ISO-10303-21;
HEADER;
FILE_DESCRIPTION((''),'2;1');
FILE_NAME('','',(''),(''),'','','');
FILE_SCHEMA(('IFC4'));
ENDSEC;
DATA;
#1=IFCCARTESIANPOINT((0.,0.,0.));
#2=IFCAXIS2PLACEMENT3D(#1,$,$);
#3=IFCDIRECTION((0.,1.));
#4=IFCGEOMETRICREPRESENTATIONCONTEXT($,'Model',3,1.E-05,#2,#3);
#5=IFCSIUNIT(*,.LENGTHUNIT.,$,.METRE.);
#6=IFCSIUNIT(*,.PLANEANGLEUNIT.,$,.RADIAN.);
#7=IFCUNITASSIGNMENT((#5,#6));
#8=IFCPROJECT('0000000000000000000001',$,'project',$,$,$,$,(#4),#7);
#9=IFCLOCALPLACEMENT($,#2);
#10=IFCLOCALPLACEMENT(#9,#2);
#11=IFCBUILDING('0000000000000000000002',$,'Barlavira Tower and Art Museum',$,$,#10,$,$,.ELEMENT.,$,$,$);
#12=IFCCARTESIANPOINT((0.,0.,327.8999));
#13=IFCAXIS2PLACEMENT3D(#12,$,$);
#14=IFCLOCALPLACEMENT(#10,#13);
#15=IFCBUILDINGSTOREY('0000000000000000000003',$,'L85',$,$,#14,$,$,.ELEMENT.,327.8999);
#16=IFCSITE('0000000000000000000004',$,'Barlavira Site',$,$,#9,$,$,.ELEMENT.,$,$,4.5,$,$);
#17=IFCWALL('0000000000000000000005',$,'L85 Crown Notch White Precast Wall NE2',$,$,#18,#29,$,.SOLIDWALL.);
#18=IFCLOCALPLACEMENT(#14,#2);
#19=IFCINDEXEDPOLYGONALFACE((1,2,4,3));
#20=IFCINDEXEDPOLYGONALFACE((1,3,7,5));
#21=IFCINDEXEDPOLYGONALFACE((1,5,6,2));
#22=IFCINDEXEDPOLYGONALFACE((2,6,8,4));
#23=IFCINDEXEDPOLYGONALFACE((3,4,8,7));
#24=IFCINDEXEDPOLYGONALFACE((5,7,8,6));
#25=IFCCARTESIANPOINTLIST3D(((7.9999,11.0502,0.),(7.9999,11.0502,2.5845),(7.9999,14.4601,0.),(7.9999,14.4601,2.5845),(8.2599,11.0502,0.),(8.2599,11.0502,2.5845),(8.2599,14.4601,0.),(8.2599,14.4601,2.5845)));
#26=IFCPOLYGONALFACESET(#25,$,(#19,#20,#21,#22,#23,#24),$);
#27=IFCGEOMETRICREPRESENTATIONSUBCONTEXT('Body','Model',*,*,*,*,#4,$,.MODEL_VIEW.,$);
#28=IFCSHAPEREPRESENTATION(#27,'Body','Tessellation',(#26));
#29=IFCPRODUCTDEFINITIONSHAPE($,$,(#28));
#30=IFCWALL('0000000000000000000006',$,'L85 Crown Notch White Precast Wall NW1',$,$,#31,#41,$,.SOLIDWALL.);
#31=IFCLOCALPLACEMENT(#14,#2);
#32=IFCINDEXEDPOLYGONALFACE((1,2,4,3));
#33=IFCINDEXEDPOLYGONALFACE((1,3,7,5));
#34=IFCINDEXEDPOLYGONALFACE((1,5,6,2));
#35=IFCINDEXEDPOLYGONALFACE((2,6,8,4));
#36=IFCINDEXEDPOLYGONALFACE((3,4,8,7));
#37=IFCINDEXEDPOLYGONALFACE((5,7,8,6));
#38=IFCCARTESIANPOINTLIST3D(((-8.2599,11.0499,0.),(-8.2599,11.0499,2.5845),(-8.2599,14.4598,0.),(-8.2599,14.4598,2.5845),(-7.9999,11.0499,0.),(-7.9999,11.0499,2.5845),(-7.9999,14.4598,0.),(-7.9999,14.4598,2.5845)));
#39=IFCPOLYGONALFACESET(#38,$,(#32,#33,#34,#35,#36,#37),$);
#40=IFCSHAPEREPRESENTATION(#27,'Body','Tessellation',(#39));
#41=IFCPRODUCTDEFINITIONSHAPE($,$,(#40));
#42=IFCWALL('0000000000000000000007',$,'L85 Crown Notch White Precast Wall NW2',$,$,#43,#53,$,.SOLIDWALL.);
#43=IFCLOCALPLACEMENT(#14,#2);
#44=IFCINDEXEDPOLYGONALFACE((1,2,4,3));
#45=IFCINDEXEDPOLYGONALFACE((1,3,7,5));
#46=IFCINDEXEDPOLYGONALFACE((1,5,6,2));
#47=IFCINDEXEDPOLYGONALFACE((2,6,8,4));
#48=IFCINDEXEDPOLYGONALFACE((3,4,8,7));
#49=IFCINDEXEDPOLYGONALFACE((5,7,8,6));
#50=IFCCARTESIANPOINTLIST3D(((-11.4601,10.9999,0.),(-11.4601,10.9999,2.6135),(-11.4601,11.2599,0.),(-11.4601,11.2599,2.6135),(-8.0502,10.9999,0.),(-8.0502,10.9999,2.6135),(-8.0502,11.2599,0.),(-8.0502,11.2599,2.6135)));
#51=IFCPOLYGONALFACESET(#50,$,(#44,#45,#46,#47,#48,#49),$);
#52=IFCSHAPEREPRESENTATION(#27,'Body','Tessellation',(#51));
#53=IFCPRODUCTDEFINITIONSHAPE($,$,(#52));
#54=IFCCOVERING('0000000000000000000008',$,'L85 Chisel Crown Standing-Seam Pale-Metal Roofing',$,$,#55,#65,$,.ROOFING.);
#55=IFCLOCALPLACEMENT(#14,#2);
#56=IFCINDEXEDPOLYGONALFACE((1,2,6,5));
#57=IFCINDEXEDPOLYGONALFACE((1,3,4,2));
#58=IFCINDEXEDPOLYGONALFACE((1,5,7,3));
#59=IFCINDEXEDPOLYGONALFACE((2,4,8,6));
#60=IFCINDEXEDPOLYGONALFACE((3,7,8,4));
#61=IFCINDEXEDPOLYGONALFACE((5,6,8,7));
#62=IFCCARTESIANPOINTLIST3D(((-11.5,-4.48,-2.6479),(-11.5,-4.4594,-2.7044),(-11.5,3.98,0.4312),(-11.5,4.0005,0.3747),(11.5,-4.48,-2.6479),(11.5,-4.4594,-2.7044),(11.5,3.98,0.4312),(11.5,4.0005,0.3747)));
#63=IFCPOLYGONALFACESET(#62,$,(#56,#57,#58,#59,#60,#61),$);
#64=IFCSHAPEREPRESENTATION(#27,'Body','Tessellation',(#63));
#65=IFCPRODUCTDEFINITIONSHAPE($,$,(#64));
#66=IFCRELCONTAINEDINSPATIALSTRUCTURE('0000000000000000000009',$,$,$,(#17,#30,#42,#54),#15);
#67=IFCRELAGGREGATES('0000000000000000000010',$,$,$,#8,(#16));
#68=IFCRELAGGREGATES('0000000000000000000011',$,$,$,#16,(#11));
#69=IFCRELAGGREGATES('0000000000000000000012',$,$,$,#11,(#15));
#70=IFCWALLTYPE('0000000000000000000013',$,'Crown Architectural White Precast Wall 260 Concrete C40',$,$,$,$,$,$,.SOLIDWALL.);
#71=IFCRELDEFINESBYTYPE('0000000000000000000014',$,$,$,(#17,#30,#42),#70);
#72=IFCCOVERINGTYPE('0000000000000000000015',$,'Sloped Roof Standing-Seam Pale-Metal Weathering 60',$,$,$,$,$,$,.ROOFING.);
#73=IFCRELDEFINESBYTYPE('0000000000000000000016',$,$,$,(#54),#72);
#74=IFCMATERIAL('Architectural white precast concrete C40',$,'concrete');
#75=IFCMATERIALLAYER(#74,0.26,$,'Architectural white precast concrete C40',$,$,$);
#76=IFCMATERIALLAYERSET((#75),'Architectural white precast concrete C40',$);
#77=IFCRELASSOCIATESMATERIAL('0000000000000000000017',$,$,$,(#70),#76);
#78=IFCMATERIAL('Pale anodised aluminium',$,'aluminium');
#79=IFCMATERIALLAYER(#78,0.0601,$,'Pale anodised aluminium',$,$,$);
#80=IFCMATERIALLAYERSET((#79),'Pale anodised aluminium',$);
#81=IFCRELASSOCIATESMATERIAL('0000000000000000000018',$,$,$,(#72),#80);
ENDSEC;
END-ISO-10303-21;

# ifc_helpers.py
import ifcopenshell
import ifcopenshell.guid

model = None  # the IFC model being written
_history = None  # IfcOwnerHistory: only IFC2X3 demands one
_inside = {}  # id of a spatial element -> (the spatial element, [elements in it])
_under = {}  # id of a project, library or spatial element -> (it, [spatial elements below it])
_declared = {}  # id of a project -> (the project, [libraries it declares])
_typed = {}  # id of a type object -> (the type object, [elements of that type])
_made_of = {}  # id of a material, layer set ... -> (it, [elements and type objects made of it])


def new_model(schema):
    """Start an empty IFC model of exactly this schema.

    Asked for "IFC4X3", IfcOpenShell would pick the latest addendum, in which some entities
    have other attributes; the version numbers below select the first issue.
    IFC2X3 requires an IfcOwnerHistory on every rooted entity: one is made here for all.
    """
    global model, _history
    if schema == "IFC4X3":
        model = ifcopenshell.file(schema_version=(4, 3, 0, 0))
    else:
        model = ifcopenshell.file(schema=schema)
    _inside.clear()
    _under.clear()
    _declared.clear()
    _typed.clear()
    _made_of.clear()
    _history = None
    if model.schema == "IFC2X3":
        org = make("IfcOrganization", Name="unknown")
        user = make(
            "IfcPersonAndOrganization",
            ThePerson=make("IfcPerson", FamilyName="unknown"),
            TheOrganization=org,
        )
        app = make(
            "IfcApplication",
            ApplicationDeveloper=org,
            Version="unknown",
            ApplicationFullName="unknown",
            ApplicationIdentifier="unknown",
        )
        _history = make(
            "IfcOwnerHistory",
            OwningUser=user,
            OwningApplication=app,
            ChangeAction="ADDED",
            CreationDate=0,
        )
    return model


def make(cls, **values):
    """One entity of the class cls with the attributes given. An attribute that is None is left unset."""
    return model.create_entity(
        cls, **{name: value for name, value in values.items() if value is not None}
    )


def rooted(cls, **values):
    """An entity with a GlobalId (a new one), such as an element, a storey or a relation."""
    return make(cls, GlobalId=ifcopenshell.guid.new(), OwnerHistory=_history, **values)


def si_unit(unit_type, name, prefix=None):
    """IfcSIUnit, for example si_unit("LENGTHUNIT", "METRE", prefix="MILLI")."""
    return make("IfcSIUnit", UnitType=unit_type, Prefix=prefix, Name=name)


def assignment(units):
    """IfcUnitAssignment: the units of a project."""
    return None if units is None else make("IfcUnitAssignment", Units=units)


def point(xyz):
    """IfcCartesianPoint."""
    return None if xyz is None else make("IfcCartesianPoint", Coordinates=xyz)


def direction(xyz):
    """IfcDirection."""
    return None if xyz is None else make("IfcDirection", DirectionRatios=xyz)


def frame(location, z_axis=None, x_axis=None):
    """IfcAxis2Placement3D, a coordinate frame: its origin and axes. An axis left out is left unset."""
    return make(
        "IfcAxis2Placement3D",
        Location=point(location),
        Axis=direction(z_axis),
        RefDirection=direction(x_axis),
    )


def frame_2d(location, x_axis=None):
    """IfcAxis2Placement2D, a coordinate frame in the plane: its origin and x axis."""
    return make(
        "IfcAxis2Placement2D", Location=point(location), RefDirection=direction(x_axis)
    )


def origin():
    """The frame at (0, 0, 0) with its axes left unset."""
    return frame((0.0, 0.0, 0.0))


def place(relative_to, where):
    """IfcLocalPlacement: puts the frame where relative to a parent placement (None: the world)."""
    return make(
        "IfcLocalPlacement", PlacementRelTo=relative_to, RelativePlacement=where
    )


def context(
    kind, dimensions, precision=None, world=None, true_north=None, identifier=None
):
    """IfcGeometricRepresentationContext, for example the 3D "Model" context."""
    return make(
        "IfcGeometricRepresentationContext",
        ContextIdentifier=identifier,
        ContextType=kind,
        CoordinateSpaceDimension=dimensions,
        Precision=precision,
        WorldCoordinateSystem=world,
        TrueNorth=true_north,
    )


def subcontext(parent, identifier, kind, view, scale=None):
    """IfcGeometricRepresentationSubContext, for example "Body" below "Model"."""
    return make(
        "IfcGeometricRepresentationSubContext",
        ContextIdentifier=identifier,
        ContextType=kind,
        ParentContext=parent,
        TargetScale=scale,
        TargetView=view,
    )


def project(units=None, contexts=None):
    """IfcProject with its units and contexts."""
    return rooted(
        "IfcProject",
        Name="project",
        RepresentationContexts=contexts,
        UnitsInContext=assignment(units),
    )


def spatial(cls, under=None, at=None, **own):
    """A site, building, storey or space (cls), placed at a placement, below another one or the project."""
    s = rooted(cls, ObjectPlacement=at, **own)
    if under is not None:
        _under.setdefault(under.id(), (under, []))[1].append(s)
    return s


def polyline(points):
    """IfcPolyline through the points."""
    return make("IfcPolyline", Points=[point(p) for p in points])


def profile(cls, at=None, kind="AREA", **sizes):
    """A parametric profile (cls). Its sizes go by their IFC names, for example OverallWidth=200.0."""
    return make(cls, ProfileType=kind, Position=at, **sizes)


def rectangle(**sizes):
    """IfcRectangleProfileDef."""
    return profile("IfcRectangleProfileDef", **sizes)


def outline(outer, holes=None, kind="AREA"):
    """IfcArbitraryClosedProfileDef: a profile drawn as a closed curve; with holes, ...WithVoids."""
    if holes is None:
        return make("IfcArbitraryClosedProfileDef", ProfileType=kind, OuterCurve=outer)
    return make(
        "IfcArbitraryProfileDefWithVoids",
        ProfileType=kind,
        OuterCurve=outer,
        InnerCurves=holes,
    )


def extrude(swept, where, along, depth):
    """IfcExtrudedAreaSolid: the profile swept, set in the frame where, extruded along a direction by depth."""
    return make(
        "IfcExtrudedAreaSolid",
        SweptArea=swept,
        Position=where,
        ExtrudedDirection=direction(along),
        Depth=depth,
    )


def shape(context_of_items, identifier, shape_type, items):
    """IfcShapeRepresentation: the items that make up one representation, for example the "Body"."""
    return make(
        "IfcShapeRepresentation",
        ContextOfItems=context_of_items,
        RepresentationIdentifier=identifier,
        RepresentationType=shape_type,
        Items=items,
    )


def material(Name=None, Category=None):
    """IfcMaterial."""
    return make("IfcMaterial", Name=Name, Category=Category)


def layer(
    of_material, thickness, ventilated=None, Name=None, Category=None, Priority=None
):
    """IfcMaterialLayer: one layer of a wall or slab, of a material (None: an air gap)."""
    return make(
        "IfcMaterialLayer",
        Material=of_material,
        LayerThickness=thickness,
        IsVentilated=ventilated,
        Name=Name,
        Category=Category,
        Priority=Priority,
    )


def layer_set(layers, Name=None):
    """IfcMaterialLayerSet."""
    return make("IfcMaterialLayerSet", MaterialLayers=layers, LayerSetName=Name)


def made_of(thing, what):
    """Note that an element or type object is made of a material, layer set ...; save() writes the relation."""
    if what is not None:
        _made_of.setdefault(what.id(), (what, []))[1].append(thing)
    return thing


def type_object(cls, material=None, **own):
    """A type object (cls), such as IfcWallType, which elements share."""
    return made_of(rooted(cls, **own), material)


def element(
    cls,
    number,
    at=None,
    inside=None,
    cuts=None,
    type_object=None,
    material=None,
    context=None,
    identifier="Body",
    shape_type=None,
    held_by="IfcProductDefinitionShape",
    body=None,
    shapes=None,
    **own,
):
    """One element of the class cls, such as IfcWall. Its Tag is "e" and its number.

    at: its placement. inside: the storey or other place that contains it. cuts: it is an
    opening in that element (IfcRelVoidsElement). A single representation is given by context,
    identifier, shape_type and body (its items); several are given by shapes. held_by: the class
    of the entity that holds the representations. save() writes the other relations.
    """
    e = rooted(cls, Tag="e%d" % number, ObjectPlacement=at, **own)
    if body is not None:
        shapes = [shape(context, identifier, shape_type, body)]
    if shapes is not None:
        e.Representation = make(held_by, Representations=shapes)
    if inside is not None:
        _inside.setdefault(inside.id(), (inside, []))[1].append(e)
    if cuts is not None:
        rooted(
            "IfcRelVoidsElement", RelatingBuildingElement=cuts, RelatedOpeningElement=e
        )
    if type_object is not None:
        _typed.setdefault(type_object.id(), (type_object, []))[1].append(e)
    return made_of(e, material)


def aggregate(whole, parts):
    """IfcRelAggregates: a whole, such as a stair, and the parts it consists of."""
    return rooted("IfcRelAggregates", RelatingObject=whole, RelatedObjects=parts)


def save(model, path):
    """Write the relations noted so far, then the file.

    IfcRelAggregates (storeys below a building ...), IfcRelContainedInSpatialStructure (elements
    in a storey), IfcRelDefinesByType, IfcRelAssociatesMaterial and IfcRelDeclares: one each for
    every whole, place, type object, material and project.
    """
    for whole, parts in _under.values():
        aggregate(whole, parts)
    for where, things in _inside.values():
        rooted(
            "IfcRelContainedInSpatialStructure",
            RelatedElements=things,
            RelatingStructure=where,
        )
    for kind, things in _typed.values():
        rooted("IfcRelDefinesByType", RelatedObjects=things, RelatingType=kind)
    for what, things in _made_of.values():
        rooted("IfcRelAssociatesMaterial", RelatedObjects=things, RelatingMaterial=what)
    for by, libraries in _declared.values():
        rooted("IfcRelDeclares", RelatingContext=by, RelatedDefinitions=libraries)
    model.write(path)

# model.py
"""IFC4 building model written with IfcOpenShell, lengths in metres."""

from ifc_helpers import new_model, si_unit, direction, frame, frame_2d, origin, place, context, subcontext, project, spatial, polyline, rectangle, outline, extrude, material, layer, layer_set, type_object, element, save


model = new_model("IFC4")

# Units and contexts
model_context = context("Model", 3, precision=1e-05, world=origin(), true_north=direction((0.0, 1.0)))
body_context = subcontext(model_context, "Body", "Model", "MODEL_VIEW")
ifc_project = project(units=[si_unit("LENGTHUNIT", "METRE"), si_unit("PLANEANGLEUNIT", "RADIAN")], contexts=[model_context])

# Site, building, storey
site_placement = place(None, origin())
site = spatial("IfcSite", under=ifc_project, at=site_placement, Name="Barlavira Site", CompositionType="ELEMENT", RefElevation=4.5)
building_placement = place(site_placement, origin())
building = spatial("IfcBuilding", under=site, at=building_placement, Name="Barlavira Tower and Art Museum", CompositionType="ELEMENT")
storey_placement = place(building_placement, frame((0.0, 0.0, 327.8999)))
storey = spatial("IfcBuildingStorey", under=building, at=storey_placement, Name="L85", CompositionType="ELEMENT", Elevation=327.8999)

# Walls
ifc_material_1 = material(Name="Architectural white precast concrete C40", Category="concrete")
ifc_layer_1 = layer(ifc_material_1, 0.26, Name="Architectural white precast concrete C40")
ifc_layer_set_1 = layer_set([ifc_layer_1], Name="Architectural white precast concrete C40")
wall_type = type_object("IfcWallType", Name="Crown Architectural White Precast Wall 260 Concrete C40", PredefinedType="SOLIDWALL", material=ifc_layer_set_1)
for number, where, z_axis, x_axis, name in (
    (1, (8.1299, 11.05, 0.0), (0.0, 0.0, 1.0), (0.0, 1.0, 0.0), "L85 Crown Notch White Precast Wall NE2"),
    (2, (-8.1299, 14.46, 0.0), (0.0, 0.0, 1.0), (0.0, -1.0, 0.0), "L85 Crown Notch White Precast Wall NW1"),
):
    element("IfcWall", number, at=place(storey_placement, frame(where, z_axis=z_axis, x_axis=x_axis)), inside=storey, type_object=wall_type, Name=name, PredefinedType="SOLIDWALL", context=body_context, shape_type="SweptSolid", body=[
        extrude(rectangle(XDim=3.4099, YDim=0.26, at=frame_2d((1.7051, 0.0))), origin(), (0.0, 0.0, 1.0), 2.5845),
    ])
wall_1_placement = place(storey_placement, frame((-8.05, 11.1299, 0.0), z_axis=(0.0, 0.0, 1.0), x_axis=(-1.0, 0.0, 0.0)))
element("IfcWall", 3, at=wall_1_placement, inside=storey, type_object=wall_type, Name="L85 Crown Notch White Precast Wall NW2", PredefinedType="SOLIDWALL", context=body_context, shape_type="SweptSolid", body=[
    extrude(rectangle(XDim=3.4099, YDim=0.26, at=frame_2d((1.7051, 0.0))), origin(), (0.0, 0.0, 1.0), 2.6135),
])

# Covering
ifc_material_2 = material(Name="Pale anodised aluminium", Category="aluminium")
ifc_layer_2 = layer(ifc_material_2, 0.0601, Name="Pale anodised aluminium")
ifc_layer_set_2 = layer_set([ifc_layer_2], Name="Pale anodised aluminium")
covering_type = type_object("IfcCoveringType", Name="Sloped Roof Standing-Seam Pale-Metal Weathering 60", PredefinedType="ROOFING", material=ifc_layer_set_2)
covering_placement = place(storey_placement, frame((-11.5, -4.48, -2.6479), z_axis=(0.0, -0.342013, 0.939695), x_axis=(1.0, 0.0, 0.0)))
element("IfcCovering", 4, at=covering_placement, inside=storey, type_object=covering_type, Name="L85 Chisel Crown Standing-Seam Pale-Metal Roofing", PredefinedType="ROOFING", context=body_context, shape_type="SweptSolid", body=[
    extrude(outline(polyline([(0.0, 0.0), (23.0, 0.0), (23.0, 9.0029), (0.0, 9.0029), (0.0, 0.0)])), origin(), (0.0, 0.0, -1.0), 0.0601),
])

save(model, "model.ifc")
